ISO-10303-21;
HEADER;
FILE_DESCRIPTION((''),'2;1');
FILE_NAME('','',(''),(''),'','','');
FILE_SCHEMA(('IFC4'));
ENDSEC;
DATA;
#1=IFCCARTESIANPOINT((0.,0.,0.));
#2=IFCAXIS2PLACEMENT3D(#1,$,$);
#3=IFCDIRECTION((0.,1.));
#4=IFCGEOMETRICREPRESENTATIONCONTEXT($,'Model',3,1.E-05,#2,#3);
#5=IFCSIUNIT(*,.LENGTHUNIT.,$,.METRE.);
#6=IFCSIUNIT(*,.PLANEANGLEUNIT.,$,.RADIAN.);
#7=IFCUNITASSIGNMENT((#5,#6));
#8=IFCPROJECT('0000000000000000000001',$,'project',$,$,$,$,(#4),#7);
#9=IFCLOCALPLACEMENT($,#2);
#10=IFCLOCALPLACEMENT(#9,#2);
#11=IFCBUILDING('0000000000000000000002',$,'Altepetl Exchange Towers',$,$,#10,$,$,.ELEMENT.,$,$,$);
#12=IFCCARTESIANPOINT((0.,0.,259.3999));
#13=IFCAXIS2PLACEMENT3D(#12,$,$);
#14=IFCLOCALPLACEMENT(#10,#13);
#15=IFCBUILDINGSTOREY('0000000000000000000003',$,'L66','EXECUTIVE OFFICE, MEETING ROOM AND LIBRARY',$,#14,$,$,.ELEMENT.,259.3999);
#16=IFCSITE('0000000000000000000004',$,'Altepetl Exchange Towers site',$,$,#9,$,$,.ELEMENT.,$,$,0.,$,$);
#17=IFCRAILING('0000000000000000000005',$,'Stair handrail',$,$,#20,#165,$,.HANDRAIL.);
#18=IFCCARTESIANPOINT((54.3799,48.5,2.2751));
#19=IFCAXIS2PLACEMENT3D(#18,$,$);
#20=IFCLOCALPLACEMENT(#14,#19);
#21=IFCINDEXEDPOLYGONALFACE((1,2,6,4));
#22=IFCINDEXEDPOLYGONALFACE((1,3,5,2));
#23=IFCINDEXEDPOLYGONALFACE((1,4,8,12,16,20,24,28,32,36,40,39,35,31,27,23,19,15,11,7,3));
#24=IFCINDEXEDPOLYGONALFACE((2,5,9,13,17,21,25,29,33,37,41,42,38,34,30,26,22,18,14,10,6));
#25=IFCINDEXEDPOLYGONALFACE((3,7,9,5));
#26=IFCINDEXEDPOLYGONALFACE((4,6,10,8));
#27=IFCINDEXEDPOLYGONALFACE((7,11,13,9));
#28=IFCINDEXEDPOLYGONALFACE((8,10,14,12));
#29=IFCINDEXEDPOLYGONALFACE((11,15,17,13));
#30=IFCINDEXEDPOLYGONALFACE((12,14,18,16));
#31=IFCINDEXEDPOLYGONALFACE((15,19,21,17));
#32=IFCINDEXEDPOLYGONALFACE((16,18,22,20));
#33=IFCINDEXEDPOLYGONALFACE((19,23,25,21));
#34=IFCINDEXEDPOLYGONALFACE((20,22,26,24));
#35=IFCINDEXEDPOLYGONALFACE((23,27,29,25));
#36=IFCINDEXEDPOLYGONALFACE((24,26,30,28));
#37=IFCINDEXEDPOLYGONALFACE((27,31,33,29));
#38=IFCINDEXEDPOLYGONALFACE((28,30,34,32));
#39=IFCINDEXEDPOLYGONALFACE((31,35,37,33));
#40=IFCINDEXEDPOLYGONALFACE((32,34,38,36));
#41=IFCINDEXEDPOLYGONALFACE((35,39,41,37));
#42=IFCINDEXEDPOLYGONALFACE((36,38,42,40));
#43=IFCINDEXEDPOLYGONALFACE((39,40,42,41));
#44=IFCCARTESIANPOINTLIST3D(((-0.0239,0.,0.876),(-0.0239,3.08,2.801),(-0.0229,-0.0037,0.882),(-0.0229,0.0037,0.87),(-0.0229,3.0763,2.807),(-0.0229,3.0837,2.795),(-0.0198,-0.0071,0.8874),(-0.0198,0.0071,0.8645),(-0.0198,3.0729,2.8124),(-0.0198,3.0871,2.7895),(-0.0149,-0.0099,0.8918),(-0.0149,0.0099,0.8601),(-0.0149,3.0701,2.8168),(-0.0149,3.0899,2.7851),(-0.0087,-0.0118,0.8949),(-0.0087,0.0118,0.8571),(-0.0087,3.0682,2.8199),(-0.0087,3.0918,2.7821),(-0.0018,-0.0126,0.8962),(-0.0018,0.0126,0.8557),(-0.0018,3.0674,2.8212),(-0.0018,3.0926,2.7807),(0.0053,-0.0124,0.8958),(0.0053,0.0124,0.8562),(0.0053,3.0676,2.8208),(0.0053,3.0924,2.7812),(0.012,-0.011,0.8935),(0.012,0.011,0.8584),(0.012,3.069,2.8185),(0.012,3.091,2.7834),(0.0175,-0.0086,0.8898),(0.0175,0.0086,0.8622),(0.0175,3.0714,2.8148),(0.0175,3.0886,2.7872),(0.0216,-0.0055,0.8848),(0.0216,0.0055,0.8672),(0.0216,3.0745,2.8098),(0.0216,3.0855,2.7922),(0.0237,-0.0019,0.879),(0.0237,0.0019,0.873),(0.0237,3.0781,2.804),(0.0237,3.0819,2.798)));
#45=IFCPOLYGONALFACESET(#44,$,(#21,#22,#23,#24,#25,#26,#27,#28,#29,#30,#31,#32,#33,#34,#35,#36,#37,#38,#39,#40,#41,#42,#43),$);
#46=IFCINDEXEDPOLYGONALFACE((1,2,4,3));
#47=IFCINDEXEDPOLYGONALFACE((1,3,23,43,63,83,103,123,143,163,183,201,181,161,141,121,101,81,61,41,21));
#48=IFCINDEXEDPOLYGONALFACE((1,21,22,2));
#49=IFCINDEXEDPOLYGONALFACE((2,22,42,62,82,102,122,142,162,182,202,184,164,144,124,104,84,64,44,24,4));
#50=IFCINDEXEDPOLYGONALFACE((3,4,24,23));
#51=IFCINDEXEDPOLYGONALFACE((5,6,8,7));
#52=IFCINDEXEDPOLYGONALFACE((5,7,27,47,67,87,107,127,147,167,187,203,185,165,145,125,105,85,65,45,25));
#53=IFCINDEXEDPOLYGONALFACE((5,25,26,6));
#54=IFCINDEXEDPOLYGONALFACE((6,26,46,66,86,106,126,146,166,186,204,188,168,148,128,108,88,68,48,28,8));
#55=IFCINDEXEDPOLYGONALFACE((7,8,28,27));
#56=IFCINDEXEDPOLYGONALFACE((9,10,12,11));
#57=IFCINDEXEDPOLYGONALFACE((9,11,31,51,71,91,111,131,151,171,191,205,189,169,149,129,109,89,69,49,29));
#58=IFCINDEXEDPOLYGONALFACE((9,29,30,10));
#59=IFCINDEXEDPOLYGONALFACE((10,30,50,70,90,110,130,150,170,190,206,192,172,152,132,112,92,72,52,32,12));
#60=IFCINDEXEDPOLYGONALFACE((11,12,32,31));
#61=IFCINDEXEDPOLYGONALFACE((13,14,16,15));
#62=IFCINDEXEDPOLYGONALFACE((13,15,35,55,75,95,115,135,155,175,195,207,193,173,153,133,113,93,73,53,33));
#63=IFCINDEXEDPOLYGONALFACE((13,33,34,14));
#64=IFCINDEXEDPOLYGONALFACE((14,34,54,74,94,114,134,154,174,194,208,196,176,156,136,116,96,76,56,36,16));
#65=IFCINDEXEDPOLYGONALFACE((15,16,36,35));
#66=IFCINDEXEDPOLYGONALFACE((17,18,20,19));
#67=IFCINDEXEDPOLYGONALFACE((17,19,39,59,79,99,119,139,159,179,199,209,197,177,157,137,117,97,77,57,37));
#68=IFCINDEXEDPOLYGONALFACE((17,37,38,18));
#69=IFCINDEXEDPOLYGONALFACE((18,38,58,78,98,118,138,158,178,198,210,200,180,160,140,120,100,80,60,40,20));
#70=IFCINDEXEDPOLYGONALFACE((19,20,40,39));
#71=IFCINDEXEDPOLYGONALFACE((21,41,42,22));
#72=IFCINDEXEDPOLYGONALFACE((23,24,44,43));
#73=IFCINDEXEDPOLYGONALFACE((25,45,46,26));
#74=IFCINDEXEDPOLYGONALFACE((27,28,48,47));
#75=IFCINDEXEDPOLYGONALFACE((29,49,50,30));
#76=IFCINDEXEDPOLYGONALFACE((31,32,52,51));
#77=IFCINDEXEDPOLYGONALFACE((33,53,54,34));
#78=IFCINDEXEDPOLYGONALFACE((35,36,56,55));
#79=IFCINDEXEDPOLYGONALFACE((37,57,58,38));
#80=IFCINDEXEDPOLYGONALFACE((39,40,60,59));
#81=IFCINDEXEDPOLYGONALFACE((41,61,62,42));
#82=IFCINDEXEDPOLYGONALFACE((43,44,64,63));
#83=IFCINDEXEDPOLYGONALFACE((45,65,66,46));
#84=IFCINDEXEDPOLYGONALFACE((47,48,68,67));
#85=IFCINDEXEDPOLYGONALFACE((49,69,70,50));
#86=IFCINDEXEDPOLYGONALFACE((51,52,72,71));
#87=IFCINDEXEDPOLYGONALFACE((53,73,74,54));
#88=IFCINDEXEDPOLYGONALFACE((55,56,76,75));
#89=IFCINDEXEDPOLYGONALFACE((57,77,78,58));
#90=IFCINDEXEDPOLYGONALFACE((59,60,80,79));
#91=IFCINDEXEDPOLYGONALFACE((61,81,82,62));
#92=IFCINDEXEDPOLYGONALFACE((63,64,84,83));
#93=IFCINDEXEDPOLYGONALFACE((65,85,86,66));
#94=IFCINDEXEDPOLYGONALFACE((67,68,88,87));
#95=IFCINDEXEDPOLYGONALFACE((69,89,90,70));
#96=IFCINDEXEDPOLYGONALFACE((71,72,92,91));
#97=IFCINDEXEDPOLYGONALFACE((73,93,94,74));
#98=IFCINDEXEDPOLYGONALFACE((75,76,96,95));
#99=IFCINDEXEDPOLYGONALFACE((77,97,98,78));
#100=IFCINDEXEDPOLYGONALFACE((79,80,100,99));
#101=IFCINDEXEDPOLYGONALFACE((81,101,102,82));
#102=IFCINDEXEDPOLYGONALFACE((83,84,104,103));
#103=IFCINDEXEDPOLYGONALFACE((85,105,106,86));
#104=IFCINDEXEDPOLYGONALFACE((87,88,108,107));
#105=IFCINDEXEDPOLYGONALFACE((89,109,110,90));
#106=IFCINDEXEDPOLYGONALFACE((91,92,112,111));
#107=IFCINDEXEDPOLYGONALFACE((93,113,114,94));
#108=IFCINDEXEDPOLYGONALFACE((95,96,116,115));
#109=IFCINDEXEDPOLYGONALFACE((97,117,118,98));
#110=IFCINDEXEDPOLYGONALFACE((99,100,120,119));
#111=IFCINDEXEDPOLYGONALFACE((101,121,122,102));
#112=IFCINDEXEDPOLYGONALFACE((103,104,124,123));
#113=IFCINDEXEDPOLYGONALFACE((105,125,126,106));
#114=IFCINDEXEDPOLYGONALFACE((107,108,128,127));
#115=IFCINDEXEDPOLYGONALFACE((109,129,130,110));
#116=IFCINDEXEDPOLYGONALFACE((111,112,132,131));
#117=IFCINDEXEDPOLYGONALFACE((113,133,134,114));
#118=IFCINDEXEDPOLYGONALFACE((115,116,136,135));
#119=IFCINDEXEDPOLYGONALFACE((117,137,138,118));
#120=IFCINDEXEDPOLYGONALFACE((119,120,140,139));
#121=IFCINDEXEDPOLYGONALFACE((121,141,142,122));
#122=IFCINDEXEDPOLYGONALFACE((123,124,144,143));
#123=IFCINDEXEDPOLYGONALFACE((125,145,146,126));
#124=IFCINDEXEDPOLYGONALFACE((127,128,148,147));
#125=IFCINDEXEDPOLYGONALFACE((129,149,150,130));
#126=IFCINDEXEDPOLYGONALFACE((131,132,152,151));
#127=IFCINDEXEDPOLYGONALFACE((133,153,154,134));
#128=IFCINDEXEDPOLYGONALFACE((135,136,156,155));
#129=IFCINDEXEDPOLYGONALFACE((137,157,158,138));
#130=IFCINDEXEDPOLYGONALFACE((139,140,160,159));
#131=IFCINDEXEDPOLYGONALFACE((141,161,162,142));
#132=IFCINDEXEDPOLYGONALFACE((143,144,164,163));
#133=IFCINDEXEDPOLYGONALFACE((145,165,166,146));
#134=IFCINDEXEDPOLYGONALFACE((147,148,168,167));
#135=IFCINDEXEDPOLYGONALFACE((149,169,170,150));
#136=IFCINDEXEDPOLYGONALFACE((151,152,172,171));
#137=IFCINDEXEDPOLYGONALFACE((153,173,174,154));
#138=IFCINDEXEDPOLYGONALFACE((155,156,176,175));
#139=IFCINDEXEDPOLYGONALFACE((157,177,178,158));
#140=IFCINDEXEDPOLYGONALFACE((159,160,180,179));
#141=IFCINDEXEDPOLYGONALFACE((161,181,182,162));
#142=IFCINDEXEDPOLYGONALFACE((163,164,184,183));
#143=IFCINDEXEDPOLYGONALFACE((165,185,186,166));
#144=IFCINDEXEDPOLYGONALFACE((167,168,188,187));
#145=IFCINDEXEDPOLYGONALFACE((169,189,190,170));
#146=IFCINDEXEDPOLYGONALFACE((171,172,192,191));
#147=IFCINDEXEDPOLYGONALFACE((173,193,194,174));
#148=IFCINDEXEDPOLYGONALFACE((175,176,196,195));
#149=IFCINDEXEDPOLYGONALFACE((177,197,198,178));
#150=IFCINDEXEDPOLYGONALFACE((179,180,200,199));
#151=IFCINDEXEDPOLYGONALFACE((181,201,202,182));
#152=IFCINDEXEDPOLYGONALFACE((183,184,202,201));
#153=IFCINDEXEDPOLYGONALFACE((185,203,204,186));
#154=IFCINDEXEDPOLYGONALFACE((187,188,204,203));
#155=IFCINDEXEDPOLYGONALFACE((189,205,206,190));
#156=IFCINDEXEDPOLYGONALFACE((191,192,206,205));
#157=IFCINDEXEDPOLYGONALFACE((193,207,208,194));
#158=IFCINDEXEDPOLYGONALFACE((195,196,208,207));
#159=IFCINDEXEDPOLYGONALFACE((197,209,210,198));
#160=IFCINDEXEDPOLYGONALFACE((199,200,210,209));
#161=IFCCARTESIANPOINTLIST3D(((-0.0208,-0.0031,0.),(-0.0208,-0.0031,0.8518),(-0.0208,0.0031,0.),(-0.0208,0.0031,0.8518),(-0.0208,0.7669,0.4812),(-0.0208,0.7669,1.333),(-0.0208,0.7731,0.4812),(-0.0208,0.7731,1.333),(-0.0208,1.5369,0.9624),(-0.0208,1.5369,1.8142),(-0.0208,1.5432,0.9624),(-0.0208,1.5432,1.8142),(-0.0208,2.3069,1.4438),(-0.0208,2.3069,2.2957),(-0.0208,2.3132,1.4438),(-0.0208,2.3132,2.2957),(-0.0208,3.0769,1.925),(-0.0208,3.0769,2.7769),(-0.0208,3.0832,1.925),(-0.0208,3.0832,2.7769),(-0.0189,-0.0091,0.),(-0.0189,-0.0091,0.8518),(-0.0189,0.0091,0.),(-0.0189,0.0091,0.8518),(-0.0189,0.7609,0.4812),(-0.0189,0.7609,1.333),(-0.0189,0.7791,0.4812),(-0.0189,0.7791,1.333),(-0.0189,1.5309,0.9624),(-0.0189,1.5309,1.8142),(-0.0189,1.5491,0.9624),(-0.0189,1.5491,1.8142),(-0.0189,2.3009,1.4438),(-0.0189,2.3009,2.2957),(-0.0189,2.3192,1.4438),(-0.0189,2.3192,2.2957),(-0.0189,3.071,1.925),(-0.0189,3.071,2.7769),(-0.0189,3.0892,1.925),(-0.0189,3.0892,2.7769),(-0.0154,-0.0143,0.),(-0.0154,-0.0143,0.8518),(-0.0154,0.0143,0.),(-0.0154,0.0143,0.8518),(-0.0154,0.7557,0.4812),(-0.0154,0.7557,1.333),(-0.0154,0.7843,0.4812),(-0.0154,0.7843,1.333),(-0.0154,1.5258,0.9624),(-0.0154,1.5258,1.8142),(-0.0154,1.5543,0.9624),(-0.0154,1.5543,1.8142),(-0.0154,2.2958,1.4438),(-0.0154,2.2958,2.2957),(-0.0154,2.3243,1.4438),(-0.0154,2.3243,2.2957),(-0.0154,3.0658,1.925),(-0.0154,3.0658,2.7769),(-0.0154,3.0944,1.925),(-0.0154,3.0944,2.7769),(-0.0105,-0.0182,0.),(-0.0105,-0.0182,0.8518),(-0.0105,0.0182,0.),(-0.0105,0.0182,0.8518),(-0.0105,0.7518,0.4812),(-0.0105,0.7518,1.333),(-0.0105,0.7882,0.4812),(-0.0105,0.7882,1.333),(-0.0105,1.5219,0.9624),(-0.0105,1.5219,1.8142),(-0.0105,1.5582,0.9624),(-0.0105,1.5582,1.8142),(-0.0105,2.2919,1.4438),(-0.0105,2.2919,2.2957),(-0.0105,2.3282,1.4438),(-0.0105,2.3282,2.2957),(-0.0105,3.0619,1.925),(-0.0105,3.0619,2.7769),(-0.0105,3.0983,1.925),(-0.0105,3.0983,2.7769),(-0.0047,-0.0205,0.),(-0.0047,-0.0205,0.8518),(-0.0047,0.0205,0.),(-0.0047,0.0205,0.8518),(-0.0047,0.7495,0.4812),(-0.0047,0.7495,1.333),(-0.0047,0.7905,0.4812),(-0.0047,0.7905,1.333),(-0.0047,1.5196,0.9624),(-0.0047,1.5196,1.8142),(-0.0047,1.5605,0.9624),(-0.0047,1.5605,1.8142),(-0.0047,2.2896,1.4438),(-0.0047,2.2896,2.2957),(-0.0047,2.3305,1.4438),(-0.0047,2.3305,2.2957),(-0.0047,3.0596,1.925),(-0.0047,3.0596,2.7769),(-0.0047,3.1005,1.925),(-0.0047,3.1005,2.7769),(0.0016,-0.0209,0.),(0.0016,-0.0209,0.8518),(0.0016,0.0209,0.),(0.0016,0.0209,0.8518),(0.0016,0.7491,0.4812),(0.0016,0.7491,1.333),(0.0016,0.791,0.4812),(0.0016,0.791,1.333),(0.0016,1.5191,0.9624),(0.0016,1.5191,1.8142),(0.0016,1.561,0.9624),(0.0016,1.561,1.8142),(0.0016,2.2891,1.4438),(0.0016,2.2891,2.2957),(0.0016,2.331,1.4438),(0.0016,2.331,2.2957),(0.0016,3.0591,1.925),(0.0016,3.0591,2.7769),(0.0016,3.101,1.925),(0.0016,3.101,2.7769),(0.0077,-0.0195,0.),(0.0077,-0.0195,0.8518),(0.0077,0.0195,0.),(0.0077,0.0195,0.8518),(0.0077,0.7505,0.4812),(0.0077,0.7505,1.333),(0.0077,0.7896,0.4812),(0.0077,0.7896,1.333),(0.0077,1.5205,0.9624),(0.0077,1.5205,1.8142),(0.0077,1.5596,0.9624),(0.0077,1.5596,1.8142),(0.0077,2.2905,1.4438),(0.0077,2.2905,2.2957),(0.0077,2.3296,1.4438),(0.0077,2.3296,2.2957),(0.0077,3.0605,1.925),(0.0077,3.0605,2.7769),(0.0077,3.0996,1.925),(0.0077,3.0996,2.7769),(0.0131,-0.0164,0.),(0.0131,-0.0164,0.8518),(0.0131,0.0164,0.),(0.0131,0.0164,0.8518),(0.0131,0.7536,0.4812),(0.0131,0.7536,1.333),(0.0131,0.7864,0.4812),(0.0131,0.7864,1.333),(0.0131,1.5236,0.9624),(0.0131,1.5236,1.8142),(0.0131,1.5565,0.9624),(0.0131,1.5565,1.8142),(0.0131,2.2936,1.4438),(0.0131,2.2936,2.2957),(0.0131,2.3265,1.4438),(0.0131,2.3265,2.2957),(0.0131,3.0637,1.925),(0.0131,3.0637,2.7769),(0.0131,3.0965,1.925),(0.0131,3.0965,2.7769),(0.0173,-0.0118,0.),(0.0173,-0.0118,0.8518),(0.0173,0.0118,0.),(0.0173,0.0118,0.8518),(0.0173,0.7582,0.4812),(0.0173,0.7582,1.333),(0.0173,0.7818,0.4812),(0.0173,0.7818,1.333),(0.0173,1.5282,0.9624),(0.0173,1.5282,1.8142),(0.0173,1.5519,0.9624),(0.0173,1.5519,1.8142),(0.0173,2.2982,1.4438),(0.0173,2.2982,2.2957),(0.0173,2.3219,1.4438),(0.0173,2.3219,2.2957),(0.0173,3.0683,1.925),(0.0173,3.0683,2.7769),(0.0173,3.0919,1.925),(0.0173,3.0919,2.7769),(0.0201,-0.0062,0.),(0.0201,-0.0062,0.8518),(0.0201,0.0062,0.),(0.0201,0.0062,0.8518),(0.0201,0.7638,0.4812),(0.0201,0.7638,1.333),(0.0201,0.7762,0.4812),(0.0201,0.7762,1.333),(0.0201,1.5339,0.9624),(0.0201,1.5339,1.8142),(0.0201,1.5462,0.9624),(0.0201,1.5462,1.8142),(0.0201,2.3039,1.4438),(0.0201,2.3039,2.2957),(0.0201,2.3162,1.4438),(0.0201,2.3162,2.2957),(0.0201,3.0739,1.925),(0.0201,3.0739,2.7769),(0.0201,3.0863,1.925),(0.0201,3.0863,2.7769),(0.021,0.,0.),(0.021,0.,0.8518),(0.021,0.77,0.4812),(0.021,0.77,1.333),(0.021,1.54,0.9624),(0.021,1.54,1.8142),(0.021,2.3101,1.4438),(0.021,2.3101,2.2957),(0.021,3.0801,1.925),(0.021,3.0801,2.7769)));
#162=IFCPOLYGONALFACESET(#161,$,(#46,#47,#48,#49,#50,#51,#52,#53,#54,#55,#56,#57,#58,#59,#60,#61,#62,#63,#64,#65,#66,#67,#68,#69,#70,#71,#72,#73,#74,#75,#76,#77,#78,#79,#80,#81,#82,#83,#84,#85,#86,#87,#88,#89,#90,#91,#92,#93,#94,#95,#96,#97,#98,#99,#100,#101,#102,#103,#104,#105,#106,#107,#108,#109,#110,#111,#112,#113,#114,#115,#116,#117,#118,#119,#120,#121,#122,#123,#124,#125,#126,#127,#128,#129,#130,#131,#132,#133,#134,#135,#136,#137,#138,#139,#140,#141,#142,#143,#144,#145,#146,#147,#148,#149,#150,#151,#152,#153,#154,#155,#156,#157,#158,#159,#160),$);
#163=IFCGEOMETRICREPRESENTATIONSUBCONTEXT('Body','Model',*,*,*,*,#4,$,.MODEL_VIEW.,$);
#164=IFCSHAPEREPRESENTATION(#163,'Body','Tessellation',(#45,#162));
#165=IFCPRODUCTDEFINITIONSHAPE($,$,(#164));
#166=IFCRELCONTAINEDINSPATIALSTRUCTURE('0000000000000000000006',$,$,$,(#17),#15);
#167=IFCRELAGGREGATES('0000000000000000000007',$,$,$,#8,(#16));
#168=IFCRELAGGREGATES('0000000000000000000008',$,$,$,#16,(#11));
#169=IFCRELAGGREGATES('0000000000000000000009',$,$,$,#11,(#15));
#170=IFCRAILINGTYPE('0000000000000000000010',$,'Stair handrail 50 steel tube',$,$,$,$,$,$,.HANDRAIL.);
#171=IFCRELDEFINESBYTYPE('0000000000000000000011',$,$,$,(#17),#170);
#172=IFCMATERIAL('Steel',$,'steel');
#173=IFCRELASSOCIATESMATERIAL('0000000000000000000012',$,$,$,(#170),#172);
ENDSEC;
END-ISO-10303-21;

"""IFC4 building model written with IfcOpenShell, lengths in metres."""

from ifc_helpers import new_model, si_unit, direction, frame, origin, origin_2d, place, context, subcontext, project, spatial, circle, extrude, source, transform, mapped, material, type_object, element, save


model = new_model("IFC4")

# Units and contexts
model_context = context("Model", 3, precision=1e-05, world=origin(), true_north=direction((0.0, 1.0)))
body_context = subcontext(model_context, "Body", "Model", "MODEL_VIEW")
ifc_project = project(units=[si_unit("LENGTHUNIT", "METRE"), si_unit("PLANEANGLEUNIT", "RADIAN")], contexts=[model_context])

# Site, building, storey
site_placement = place(None, origin())
site = spatial("IfcSite", under=ifc_project, at=site_placement, Name="Altepetl Exchange Towers site", CompositionType="ELEMENT", RefElevation=0.0)
building_placement = place(site_placement, origin())
building = spatial("IfcBuilding", under=site, at=building_placement, Name="Altepetl Exchange Towers", CompositionType="ELEMENT")
storey_placement = place(building_placement, frame((0.0, 0.0, 259.3999)))
storey = spatial("IfcBuildingStorey", under=building, at=storey_placement, Name="L66", Description="EXECUTIVE OFFICE, MEETING ROOM AND LIBRARY", CompositionType="ELEMENT", Elevation=259.3999)

# Railing
ifc_material_1 = material(Name="Steel", Category="steel")
railing_type_1 = type_object("IfcRailingType", Name="Stair handrail 50 steel tube", PredefinedType="HANDRAIL", material=ifc_material_1)
shared_shape_1 = source(origin(), body_context, "Body", "SweptSolid", [
    extrude(circle(Radius=0.021, at=origin_2d()), origin(), (0.0, 0.0, 1.0), 0.8518),
])
for number, where, name in (
    (1, (54.3799, 48.5, 2.2751), "Stair handrail"),
):
    element("IfcRailing", number, at=place(storey_placement, frame(where)), inside=storey, type_object=railing_type_1, Name=name, PredefinedType="HANDRAIL", context=body_context, shape_type="SweptSolid", body=[
        extrude(circle(Radius=0.0239, at=origin_2d()), frame((0.0, 0.0, 0.876), z_axis=(0.0, 0.847998, 0.529999), x_axis=(-1.0, 0.0, 0.0)), (0.0, 0.0, 1.0), 3.6321),
        mapped(shared_shape_1, transform((0.0, 0.0, 0.0))),
        mapped(shared_shape_1, transform((0.0, 0.77, 0.4812))),
        mapped(shared_shape_1, transform((0.0, 1.54, 0.9624))),
        mapped(shared_shape_1, transform((0.0, 2.3101, 1.4438))),
        mapped(shared_shape_1, transform((0.0, 3.0801, 1.925))),
    ])

save(model, "model.ifc")
